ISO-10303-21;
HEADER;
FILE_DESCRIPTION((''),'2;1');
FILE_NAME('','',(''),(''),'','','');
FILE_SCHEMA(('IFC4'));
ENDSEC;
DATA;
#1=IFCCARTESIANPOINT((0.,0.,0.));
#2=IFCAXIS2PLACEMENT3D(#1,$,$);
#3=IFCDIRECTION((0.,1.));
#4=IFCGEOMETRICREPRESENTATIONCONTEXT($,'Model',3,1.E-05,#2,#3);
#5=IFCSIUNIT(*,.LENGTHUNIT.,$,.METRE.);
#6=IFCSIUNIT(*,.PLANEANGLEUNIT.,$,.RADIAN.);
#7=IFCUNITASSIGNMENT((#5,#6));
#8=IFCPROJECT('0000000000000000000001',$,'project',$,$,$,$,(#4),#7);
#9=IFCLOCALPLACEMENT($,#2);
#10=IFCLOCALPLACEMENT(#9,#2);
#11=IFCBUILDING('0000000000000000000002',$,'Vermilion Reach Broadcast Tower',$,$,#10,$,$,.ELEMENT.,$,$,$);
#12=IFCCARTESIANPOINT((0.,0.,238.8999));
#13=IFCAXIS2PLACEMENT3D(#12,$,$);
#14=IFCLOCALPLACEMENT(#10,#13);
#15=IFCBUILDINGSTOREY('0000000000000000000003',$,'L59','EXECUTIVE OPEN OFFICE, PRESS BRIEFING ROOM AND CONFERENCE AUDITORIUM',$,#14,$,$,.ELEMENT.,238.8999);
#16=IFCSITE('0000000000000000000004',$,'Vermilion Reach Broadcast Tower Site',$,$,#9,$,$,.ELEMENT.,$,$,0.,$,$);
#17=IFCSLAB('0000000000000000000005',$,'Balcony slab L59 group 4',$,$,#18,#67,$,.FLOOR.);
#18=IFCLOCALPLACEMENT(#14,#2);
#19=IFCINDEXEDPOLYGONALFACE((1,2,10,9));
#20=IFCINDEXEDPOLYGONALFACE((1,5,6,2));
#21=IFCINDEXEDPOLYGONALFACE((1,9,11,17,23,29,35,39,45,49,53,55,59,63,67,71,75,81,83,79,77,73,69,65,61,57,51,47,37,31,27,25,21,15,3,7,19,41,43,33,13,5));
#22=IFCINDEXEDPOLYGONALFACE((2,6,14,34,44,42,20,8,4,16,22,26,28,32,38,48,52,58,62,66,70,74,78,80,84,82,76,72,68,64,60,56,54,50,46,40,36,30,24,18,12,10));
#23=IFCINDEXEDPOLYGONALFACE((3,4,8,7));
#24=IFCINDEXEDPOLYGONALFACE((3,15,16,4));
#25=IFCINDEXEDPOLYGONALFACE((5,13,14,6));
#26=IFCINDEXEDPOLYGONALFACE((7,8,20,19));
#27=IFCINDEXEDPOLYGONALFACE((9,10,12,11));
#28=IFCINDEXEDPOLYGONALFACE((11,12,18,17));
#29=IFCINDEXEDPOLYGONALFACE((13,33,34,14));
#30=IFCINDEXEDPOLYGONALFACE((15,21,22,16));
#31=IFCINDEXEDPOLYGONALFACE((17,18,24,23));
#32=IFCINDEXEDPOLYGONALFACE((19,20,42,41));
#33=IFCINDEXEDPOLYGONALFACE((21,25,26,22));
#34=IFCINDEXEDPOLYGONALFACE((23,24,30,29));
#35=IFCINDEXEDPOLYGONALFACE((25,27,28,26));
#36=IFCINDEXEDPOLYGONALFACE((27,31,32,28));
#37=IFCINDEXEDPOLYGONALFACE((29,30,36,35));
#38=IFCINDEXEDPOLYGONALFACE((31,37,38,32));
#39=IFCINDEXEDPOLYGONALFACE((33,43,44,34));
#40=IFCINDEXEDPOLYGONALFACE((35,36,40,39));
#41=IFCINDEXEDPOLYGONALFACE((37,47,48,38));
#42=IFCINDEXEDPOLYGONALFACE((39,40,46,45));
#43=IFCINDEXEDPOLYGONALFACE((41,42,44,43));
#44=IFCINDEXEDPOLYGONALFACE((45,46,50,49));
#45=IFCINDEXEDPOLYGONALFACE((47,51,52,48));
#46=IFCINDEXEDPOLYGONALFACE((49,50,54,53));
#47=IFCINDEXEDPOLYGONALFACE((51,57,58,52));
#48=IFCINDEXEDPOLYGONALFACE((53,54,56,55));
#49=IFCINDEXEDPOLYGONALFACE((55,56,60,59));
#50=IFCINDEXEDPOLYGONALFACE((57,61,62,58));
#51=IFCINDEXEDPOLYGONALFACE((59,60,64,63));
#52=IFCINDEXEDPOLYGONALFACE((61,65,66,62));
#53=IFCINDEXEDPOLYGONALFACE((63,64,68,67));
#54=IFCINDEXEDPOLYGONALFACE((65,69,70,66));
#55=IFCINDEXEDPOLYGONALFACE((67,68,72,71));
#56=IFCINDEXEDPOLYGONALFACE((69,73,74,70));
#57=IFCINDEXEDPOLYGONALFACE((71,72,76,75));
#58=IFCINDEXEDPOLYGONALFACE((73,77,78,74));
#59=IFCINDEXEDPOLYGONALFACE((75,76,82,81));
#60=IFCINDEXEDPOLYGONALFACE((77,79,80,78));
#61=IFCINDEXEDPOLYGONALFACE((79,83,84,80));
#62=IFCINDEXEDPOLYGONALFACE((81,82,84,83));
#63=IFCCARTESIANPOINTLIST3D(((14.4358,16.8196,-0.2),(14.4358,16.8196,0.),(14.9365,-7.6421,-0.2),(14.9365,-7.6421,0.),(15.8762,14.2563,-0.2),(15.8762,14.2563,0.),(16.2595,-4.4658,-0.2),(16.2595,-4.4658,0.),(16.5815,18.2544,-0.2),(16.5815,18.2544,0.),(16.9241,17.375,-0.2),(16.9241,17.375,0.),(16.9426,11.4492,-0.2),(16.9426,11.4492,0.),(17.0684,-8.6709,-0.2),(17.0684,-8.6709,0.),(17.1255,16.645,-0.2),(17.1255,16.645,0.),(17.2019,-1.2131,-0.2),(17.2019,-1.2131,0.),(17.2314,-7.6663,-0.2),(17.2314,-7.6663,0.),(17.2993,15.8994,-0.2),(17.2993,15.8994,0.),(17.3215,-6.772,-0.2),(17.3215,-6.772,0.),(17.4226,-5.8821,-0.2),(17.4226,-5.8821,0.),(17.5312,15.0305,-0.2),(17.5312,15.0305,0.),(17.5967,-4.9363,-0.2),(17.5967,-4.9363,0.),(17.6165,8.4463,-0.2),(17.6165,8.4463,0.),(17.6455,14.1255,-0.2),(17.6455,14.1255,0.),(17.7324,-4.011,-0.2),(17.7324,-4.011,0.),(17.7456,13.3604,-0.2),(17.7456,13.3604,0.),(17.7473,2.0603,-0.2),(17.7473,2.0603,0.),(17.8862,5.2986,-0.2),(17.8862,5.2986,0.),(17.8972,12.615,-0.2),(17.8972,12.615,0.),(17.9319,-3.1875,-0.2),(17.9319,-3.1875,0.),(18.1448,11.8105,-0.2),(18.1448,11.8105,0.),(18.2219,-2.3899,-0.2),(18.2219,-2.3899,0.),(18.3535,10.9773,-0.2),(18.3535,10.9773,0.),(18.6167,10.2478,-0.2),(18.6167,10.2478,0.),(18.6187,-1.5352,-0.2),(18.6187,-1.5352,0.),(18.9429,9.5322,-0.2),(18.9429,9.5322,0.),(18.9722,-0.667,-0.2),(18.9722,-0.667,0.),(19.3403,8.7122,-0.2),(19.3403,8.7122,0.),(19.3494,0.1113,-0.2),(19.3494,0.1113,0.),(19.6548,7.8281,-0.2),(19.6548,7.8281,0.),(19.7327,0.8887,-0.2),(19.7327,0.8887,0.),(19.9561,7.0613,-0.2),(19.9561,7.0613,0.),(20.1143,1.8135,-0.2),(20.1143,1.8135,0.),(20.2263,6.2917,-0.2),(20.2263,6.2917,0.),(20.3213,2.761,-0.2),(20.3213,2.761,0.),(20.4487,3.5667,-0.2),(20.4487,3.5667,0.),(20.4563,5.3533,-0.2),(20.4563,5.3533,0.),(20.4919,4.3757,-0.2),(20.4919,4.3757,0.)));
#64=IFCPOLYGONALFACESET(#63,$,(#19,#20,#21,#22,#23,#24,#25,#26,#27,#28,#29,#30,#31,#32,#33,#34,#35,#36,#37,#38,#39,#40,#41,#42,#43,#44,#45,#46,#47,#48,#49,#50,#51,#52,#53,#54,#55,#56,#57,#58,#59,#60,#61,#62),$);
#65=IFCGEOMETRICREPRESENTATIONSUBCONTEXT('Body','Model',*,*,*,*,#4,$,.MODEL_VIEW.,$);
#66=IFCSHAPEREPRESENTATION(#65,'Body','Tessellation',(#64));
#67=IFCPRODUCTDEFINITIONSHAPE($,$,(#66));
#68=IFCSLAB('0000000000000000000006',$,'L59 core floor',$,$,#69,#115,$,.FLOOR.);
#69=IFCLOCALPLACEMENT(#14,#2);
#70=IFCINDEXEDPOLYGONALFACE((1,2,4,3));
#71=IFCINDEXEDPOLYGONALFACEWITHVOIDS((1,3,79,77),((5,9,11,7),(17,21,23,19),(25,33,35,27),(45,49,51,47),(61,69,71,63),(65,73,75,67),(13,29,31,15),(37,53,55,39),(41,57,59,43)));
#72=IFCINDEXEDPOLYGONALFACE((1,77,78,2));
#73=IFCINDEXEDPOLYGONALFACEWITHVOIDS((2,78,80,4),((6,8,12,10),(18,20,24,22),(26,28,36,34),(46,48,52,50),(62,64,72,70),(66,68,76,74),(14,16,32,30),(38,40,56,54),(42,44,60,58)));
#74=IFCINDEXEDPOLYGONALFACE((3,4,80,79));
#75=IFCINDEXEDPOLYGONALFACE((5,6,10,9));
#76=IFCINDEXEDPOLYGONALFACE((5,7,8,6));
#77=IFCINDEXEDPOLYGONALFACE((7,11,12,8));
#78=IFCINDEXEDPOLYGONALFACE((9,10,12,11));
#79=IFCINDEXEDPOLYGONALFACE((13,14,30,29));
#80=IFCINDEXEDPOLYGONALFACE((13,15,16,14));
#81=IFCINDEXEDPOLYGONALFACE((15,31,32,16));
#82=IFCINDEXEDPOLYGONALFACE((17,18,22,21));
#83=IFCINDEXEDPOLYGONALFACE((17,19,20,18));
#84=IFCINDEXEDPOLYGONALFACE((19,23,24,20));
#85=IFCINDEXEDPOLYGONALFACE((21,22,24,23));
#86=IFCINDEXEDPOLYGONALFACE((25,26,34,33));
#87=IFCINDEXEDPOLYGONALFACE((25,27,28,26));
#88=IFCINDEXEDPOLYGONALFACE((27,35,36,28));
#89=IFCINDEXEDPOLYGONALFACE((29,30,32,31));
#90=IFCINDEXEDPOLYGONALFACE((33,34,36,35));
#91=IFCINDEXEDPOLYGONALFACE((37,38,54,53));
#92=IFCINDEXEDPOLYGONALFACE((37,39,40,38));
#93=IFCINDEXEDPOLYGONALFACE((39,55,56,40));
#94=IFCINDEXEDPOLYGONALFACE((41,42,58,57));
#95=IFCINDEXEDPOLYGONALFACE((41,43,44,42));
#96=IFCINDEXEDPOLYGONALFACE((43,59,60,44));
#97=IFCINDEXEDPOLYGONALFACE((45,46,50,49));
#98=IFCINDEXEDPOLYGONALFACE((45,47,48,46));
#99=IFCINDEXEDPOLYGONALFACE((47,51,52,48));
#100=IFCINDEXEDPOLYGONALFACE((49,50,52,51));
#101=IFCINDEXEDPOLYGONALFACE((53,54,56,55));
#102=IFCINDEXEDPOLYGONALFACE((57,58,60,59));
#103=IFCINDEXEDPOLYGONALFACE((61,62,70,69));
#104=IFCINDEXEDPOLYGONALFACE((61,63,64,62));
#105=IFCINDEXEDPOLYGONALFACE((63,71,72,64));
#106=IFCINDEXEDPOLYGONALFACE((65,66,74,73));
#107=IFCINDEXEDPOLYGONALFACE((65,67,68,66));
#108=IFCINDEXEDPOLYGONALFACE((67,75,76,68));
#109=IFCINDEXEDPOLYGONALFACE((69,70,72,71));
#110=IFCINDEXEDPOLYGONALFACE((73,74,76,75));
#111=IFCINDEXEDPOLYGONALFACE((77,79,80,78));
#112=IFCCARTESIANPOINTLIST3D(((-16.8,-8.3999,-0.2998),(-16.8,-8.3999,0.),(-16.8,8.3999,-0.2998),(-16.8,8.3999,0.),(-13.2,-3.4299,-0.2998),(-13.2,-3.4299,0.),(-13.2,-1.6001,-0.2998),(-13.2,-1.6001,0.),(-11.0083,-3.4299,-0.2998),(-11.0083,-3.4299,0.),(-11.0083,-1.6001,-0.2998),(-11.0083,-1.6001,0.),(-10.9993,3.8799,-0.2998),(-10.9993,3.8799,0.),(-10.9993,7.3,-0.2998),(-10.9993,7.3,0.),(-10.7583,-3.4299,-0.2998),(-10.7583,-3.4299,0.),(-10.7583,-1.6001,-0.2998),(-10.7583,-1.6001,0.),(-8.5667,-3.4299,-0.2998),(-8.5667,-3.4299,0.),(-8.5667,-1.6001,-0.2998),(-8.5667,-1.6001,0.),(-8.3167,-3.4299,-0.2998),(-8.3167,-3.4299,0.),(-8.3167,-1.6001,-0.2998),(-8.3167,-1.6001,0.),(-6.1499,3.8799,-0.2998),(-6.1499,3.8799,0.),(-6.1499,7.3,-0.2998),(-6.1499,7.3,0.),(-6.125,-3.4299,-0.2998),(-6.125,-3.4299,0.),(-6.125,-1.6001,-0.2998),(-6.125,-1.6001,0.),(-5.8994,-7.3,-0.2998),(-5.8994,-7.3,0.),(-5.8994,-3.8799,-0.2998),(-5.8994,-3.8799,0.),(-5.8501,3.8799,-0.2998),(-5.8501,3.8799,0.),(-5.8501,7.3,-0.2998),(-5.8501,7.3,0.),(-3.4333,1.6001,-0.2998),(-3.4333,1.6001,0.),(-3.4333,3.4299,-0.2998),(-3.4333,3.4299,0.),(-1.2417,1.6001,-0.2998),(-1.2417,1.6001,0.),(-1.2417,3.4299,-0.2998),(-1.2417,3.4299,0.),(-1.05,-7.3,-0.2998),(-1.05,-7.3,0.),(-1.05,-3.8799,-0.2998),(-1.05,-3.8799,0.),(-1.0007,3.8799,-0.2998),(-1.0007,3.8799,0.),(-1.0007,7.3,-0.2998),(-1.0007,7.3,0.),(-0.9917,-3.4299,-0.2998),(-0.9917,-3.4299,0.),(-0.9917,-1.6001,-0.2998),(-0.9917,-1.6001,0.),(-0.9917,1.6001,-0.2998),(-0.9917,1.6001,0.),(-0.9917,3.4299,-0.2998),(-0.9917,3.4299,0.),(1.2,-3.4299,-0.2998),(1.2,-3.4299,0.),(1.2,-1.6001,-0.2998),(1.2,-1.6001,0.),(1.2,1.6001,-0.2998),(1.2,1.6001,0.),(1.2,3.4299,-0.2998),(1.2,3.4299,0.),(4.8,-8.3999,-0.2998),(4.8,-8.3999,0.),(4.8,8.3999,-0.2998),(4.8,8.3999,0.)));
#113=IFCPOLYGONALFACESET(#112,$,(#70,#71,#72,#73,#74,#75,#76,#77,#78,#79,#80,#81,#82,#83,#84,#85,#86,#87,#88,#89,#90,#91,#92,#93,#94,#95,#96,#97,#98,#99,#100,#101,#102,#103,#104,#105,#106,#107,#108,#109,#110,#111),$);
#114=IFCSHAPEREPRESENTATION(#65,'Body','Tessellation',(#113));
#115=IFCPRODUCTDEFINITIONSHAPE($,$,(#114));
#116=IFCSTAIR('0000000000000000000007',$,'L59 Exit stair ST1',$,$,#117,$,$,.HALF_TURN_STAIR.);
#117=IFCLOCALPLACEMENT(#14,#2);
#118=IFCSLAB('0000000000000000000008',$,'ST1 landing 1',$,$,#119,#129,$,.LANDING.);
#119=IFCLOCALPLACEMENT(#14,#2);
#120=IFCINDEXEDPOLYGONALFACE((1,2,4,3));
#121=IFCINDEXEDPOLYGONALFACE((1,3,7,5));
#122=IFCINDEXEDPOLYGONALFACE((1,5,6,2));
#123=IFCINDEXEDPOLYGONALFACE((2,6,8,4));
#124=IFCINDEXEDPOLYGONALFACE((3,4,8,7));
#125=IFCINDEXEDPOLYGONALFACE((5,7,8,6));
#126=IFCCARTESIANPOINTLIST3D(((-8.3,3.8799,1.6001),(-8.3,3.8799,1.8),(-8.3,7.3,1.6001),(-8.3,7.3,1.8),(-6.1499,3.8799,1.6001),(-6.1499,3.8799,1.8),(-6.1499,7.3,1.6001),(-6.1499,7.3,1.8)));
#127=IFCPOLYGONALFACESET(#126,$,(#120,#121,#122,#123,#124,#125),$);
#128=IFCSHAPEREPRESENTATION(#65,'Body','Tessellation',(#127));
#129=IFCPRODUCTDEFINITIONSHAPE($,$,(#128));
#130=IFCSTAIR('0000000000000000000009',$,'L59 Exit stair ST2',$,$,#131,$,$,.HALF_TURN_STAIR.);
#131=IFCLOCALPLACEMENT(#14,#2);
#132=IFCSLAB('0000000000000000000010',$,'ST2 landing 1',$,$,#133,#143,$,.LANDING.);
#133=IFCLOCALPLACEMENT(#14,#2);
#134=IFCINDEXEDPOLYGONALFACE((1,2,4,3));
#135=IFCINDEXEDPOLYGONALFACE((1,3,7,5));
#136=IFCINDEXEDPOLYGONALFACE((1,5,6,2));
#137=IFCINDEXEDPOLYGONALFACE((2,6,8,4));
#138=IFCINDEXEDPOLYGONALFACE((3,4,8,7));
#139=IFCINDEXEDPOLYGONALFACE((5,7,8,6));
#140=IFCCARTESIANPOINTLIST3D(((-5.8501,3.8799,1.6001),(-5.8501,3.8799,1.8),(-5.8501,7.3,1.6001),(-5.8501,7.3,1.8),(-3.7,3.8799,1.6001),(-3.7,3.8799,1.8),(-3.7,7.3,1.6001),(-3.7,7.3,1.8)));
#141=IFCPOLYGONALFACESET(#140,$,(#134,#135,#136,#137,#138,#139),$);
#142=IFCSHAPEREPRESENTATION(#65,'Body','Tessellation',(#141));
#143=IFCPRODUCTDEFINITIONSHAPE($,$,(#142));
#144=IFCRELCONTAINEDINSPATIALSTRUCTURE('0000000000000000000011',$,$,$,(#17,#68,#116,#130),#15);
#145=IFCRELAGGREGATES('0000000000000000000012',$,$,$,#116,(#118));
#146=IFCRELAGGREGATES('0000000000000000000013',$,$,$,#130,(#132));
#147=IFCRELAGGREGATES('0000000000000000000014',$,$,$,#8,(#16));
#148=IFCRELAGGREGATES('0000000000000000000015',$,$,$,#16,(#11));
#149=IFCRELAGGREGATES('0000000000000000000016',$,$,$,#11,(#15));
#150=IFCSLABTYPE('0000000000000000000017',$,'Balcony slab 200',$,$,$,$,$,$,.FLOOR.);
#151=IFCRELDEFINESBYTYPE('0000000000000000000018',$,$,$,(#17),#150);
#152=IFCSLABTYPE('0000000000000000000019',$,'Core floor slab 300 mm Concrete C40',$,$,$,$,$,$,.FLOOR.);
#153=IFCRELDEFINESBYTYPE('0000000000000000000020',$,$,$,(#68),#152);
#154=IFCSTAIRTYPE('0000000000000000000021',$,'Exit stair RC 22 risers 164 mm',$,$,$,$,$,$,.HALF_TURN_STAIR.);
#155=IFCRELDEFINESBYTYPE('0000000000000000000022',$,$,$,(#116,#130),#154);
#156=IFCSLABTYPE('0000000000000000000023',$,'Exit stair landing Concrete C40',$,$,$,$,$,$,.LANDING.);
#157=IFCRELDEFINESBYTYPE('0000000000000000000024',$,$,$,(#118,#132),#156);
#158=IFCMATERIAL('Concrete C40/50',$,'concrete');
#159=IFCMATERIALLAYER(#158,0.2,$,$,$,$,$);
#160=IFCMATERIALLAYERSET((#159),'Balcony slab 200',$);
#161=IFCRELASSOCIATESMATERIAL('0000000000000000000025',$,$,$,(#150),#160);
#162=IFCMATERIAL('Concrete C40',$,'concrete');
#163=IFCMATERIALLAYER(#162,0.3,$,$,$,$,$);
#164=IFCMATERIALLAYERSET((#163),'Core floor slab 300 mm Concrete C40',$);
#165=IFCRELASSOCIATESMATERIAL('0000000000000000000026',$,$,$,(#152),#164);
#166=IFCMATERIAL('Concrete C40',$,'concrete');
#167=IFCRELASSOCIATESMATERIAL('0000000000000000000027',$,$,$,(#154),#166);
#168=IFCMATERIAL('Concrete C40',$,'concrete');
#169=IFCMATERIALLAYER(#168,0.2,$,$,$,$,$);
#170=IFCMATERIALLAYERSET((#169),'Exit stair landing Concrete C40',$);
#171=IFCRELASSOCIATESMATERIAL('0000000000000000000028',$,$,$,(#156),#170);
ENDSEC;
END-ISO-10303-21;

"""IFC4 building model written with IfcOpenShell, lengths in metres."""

from ifc_helpers import new_model, si_unit, direction, frame, origin, place, context, subcontext, project, spatial, polyline, outline, extrude, material, layer, layer_set, type_object, element, aggregate, save


model = new_model("IFC4")

# Units and contexts
model_context = context("Model", 3, precision=1e-05, world=origin(), true_north=direction((0.0, 1.0)))
body_context = subcontext(model_context, "Body", "Model", "MODEL_VIEW")
ifc_project = project(units=[si_unit("LENGTHUNIT", "METRE"), si_unit("PLANEANGLEUNIT", "RADIAN")], contexts=[model_context])

# Site, building, storey
site_placement = place(None, origin())
site = spatial("IfcSite", under=ifc_project, at=site_placement, Name="Vermilion Reach Broadcast Tower Site", CompositionType="ELEMENT", RefElevation=0.0)
building_placement = place(site_placement, origin())
building = spatial("IfcBuilding", under=site, at=building_placement, Name="Vermilion Reach Broadcast Tower", CompositionType="ELEMENT")
storey_placement = place(building_placement, frame((0.0, 0.0, 238.8999)))
storey = spatial("IfcBuildingStorey", under=building, at=storey_placement, Name="L59", Description="EXECUTIVE OPEN OFFICE, PRESS BRIEFING ROOM AND CONFERENCE AUDITORIUM", CompositionType="ELEMENT", Elevation=238.8999)

# Slabs
ifc_material_1 = material(Name="Concrete C40/50", Category="concrete")
ifc_layer_1 = layer(ifc_material_1, 0.2)
ifc_layer_set_1 = layer_set([ifc_layer_1], Name="Balcony slab 200")
slab_type_1 = type_object("IfcSlabType", Name="Balcony slab 200", PredefinedType="FLOOR", material=ifc_layer_set_1)
placement_1 = place(storey_placement, frame((0.0, 0.0, -0.2)))
element("IfcSlab", 1, at=placement_1, inside=storey, type_object=slab_type_1, Name="Balcony slab L59 group 4", PredefinedType="FLOOR", context=body_context, shape_type="SweptSolid", body=[
    extrude(outline(polyline([(14.9365, -7.6421), (16.2595, -4.4658), (17.2019, -1.2131), (17.7473, 2.0603), (17.8862, 5.2986), (17.6165, 8.4463), (16.9426, 11.4492), (15.8762, 14.2563), (14.4358, 16.8196), (16.5815, 18.2544), (16.9241, 17.375), (17.1255, 16.645), (17.2993, 15.8994), (17.5312, 15.0305), (17.6455, 14.1255), (17.7456, 13.3604), (17.8972, 12.615), (18.1448, 11.8105), (18.3535, 10.9773), (18.6167, 10.2478), (18.9429, 9.5322), (19.3403, 8.7122), (19.6548, 7.8281), (19.9561, 7.0613), (20.2263, 6.2917), (20.4563, 5.3533), (20.4919, 4.3757), (20.4487, 3.5667), (20.3213, 2.761), (20.1143, 1.8135), (19.7327, 0.8887), (19.3494, 0.1113), (18.9722, -0.667), (18.6187, -1.5352), (18.2219, -2.3899), (17.9319, -3.1875), (17.7324, -4.011), (17.5967, -4.9363), (17.4226, -5.8821), (17.3215, -6.772), (17.2314, -7.6663), (17.0684, -8.6709), (14.9365, -7.6421)])), origin(), (0.0, 0.0, 1.0), 0.2),
])
ifc_material_2 = material(Name="Concrete C40", Category="concrete")
ifc_layer_2 = layer(ifc_material_2, 0.3)
ifc_layer_set_2 = layer_set([ifc_layer_2], Name="Core floor slab 300 mm Concrete C40")
slab_type_2 = type_object("IfcSlabType", Name="Core floor slab 300 mm Concrete C40", PredefinedType="FLOOR", material=ifc_layer_set_2)
slab_1_placement = place(storey_placement, frame((0.0, 0.0, -0.2998)))
element("IfcSlab", 2, at=slab_1_placement, inside=storey, type_object=slab_type_2, Name="L59 core floor", PredefinedType="FLOOR", context=body_context, shape_type="SweptSolid", body=[
    extrude(outline(polyline([(-16.8, -8.3999), (4.8, -8.3999), (4.8, 8.3999), (-16.8, 8.3999), (-16.8, -8.3999)]), holes=[polyline([(-3.4333, 1.6001), (-1.2417, 1.6001), (-1.2417, 3.4299), (-3.4333, 3.4299), (-3.4333, 1.6001)]), polyline([(-0.9917, 1.6001), (1.2, 1.6001), (1.2, 3.4299), (-0.9917, 3.4299), (-0.9917, 1.6001)]), polyline([(-13.2, -3.4299), (-11.0083, -3.4299), (-11.0083, -1.6001), (-13.2, -1.6001), (-13.2, -3.4299)]), polyline([(-10.7583, -3.4299), (-8.5667, -3.4299), (-8.5667, -1.6001), (-10.7583, -1.6001), (-10.7583, -3.4299)]), polyline([(-8.3167, -3.4299), (-6.125, -3.4299), (-6.125, -1.6001), (-8.3167, -1.6001), (-8.3167, -3.4299)]), polyline([(-0.9917, -3.4299), (1.2, -3.4299), (1.2, -1.6001), (-0.9917, -1.6001), (-0.9917, -3.4299)]), polyline([(-10.9993, 3.8799), (-6.1499, 3.8799), (-6.1499, 7.3), (-10.9993, 7.3), (-10.9993, 3.8799)]), polyline([(-1.0007, 7.3), (-5.8501, 7.3), (-5.8501, 3.8799), (-1.0007, 3.8799), (-1.0007, 7.3)]), polyline([(-5.8994, -7.3), (-1.05, -7.3), (-1.05, -3.8799), (-5.8994, -3.8799), (-5.8994, -7.3)])]), origin(), (0.0, 0.0, 1.0), 0.2998),
])

# Stairs, slabs
ifc_material_3 = material(Name="Concrete C40", Category="concrete")
stair_type = type_object("IfcStairType", Name="Exit stair RC 22 risers 164 mm", PredefinedType="HALF_TURN_STAIR", material=ifc_material_3)
placement_2 = place(storey_placement, origin())
stair_1 = element("IfcStair", 3, at=placement_2, inside=storey, type_object=stair_type, Name="L59 Exit stair ST1", PredefinedType="HALF_TURN_STAIR")
ifc_material_4 = material(Name="Concrete C40", Category="concrete")
ifc_layer_3 = layer(ifc_material_4, 0.2)
ifc_layer_set_3 = layer_set([ifc_layer_3], Name="Exit stair landing Concrete C40")
slab_type_3 = type_object("IfcSlabType", Name="Exit stair landing Concrete C40", PredefinedType="LANDING", material=ifc_layer_set_3)
placement_3 = place(storey_placement, frame((0.0, 0.0, 1.6001)))
slab_2 = element("IfcSlab", 4, at=placement_3, type_object=slab_type_3, Name="ST1 landing 1", PredefinedType="LANDING", context=body_context, shape_type="SweptSolid", body=[
    extrude(outline(polyline([(-8.3, 3.8799), (-6.1499, 3.8799), (-6.1499, 7.3), (-8.3, 7.3), (-8.3, 3.8799)])), origin(), (0.0, 0.0, 1.0), 0.2),
])
aggregate(stair_1, [slab_2])
stair_2 = element("IfcStair", 5, at=placement_2, inside=storey, type_object=stair_type, Name="L59 Exit stair ST2", PredefinedType="HALF_TURN_STAIR")
slab_3 = element("IfcSlab", 6, at=placement_3, type_object=slab_type_3, Name="ST2 landing 1", PredefinedType="LANDING", context=body_context, shape_type="SweptSolid", body=[
    extrude(outline(polyline([(-3.7, 7.3), (-5.8501, 7.3), (-5.8501, 3.8799), (-3.7, 3.8799), (-3.7, 7.3)])), origin(), (0.0, 0.0, 1.0), 0.2),
])
aggregate(stair_2, [slab_3])

save(model, "model.ifc")
